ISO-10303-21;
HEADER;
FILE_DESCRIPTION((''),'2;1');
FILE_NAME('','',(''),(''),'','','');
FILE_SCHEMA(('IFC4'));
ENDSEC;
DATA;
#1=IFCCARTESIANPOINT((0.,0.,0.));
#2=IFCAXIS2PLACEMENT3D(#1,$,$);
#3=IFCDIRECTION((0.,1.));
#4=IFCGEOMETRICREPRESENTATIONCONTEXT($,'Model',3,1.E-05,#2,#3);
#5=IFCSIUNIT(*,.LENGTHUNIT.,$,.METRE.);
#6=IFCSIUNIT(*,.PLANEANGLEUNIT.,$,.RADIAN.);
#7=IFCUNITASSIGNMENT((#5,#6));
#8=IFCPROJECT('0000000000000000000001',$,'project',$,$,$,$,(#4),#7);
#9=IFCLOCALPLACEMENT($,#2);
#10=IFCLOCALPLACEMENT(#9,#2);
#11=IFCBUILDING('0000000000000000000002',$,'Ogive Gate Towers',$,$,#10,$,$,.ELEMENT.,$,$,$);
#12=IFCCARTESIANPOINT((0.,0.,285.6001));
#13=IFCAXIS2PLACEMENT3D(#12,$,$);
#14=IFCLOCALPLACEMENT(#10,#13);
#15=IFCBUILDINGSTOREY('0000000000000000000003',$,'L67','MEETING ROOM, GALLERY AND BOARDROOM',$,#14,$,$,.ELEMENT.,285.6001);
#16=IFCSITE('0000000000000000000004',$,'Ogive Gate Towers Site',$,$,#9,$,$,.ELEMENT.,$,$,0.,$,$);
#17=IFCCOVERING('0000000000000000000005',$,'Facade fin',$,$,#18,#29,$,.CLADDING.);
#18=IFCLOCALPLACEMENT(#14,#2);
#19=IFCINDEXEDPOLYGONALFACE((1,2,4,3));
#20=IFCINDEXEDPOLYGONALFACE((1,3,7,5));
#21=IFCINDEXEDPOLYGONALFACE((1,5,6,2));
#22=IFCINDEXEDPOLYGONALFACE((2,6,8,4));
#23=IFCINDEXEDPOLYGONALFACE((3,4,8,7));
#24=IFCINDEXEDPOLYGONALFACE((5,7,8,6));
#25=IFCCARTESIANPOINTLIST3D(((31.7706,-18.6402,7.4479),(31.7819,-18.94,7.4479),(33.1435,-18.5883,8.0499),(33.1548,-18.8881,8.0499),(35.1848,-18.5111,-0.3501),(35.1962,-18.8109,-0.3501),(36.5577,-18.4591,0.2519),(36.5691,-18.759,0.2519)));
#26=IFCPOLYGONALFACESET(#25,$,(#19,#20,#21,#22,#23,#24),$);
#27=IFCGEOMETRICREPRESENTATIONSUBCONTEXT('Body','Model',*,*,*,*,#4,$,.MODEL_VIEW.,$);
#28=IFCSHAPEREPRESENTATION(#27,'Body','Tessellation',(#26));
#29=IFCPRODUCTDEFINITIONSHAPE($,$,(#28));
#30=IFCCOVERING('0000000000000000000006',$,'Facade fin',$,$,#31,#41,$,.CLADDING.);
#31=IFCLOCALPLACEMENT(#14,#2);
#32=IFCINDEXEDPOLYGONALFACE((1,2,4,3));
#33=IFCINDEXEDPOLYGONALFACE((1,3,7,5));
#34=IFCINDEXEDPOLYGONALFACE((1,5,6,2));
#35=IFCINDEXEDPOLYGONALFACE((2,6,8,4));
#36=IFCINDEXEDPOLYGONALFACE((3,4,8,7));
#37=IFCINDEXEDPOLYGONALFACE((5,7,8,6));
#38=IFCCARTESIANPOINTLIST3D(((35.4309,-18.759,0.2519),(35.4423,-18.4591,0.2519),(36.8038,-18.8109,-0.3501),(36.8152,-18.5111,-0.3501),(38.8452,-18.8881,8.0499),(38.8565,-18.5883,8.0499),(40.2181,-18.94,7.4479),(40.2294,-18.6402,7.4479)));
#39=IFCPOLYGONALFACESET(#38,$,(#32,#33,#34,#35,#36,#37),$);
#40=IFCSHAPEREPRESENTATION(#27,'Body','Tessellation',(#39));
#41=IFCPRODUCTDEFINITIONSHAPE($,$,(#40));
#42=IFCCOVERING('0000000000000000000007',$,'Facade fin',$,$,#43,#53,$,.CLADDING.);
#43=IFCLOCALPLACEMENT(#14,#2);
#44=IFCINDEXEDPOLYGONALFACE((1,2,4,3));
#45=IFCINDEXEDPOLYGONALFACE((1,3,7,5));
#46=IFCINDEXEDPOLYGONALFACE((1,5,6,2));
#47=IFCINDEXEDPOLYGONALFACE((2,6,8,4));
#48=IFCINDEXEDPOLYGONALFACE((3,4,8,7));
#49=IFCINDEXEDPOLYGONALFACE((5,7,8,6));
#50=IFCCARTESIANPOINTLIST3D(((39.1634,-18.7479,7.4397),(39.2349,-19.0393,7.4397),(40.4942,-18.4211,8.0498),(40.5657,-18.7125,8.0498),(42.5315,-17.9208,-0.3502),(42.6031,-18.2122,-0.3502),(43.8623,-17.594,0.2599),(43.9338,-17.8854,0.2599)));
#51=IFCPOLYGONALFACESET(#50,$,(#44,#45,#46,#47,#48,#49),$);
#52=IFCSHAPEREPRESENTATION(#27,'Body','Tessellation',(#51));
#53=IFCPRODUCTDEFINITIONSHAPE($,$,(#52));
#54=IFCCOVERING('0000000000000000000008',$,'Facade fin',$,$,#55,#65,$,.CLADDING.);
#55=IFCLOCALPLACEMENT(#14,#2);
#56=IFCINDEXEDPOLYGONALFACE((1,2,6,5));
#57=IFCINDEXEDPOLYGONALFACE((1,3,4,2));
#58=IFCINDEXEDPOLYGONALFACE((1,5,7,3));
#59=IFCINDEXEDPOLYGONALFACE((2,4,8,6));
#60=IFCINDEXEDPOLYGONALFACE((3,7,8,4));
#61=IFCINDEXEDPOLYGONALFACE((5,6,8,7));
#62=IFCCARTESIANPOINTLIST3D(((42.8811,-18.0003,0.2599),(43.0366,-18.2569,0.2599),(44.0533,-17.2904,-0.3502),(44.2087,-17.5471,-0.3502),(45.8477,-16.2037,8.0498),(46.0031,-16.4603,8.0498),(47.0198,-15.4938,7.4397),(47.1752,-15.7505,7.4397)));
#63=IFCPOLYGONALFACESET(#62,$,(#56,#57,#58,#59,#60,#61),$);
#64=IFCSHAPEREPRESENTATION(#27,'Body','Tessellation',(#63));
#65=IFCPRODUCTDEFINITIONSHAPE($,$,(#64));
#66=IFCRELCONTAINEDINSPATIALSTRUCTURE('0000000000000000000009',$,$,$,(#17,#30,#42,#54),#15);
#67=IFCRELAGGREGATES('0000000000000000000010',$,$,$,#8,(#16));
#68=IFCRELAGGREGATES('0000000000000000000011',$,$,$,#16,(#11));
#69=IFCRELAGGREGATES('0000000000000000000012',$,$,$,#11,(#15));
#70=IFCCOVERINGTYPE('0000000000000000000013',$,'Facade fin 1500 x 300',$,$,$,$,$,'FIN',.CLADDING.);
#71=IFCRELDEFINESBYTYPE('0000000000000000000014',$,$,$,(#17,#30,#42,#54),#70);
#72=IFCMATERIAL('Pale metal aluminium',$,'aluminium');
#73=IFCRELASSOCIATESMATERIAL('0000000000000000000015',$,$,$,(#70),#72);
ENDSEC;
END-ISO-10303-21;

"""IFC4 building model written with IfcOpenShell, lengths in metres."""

from ifc_helpers import new_model, si_unit, direction, frame, origin, origin_2d, place, context, subcontext, project, spatial, rectangle, extrude, material, material_profile, profile_set, type_object, element, save


model = new_model("IFC4")

# Units and contexts
model_context = context("Model", 3, precision=1e-05, world=origin(), true_north=direction((0.0, 1.0)))
body_context = subcontext(model_context, "Body", "Model", "MODEL_VIEW")
ifc_project = project(units=[si_unit("LENGTHUNIT", "METRE"), si_unit("PLANEANGLEUNIT", "RADIAN")], contexts=[model_context])

# Site, building, storey
site_placement = place(None, origin())
site = spatial("IfcSite", under=ifc_project, at=site_placement, Name="Ogive Gate Towers Site", CompositionType="ELEMENT", RefElevation=0.0)
building_placement = place(site_placement, origin())
building = spatial("IfcBuilding", under=site, at=building_placement, Name="Ogive Gate Towers", CompositionType="ELEMENT")
storey_placement = place(building_placement, frame((0.0, 0.0, 285.6001)))
storey = spatial("IfcBuildingStorey", under=building, at=storey_placement, Name="L67", Description="MEETING ROOM, GALLERY AND BOARDROOM", CompositionType="ELEMENT", Elevation=285.6001)

# Shared definitions
ifc_material_1 = material(Name="Pale metal aluminium", Category="aluminium")

# Coverings
ifc_material_profile_1 = material_profile(ifc_material_1, rectangle(XDim=0.3, YDim=1.5, at=origin_2d()), Name="1500 x 300 pale metal aluminium")
ifc_profile_set_1 = profile_set([ifc_material_profile_1], Name="Pale metal aluminium")
covering_type = type_object("IfcCoveringType", Name="Facade fin 1500 x 300", ElementType="FIN", PredefinedType="CLADDING", material=ifc_profile_set_1)
for number, where, z_axis, x_axis, name in (
    (1, (35.877, -18.635, -0.0491), (-0.401033, -0.01517, 0.915938), (0.037799, -0.999285, 0.0), "Facade fin"),
    (2, (36.123, -18.635, -0.0491), (0.401033, -0.01517, 0.915938), (0.037799, 0.999285, 0.0), "Facade fin"),
):
    element("IfcCovering", number, at=place(storey_placement, frame(where, z_axis=z_axis, x_axis=x_axis)), inside=storey, type_object=covering_type, Name=name, PredefinedType="CLADDING", context=body_context, shape_type="SweptSolid", body=[
        extrude(rectangle(XDim=0.3, YDim=1.5, at=origin_2d()), origin(), (0.0, 0.0, 1.0), 8.5137),
    ])
for number, where, z_axis, x_axis, name in (
    (3, (43.2327, -17.9031, -0.0452), (-0.39499, -0.097001, 0.91355), (0.238492, -0.971144, 0.0), "Facade fin"),
    (4, (43.5449, -17.7737, -0.0452), (0.347893, 0.210694, 0.913553), (-0.518032, 0.855361, 0.0), "Facade fin"),
):
    element("IfcCovering", number, at=place(storey_placement, frame(where, z_axis=z_axis, x_axis=x_axis)), inside=storey, type_object=covering_type, Name=name, PredefinedType="CLADDING", context=body_context, shape_type="SweptSolid", body=[
        extrude(rectangle(XDim=0.3, YDim=1.5, at=origin_2d()), origin(), (0.0, 0.0, 1.0), 8.5271),
    ])

save(model, "model.ifc")
